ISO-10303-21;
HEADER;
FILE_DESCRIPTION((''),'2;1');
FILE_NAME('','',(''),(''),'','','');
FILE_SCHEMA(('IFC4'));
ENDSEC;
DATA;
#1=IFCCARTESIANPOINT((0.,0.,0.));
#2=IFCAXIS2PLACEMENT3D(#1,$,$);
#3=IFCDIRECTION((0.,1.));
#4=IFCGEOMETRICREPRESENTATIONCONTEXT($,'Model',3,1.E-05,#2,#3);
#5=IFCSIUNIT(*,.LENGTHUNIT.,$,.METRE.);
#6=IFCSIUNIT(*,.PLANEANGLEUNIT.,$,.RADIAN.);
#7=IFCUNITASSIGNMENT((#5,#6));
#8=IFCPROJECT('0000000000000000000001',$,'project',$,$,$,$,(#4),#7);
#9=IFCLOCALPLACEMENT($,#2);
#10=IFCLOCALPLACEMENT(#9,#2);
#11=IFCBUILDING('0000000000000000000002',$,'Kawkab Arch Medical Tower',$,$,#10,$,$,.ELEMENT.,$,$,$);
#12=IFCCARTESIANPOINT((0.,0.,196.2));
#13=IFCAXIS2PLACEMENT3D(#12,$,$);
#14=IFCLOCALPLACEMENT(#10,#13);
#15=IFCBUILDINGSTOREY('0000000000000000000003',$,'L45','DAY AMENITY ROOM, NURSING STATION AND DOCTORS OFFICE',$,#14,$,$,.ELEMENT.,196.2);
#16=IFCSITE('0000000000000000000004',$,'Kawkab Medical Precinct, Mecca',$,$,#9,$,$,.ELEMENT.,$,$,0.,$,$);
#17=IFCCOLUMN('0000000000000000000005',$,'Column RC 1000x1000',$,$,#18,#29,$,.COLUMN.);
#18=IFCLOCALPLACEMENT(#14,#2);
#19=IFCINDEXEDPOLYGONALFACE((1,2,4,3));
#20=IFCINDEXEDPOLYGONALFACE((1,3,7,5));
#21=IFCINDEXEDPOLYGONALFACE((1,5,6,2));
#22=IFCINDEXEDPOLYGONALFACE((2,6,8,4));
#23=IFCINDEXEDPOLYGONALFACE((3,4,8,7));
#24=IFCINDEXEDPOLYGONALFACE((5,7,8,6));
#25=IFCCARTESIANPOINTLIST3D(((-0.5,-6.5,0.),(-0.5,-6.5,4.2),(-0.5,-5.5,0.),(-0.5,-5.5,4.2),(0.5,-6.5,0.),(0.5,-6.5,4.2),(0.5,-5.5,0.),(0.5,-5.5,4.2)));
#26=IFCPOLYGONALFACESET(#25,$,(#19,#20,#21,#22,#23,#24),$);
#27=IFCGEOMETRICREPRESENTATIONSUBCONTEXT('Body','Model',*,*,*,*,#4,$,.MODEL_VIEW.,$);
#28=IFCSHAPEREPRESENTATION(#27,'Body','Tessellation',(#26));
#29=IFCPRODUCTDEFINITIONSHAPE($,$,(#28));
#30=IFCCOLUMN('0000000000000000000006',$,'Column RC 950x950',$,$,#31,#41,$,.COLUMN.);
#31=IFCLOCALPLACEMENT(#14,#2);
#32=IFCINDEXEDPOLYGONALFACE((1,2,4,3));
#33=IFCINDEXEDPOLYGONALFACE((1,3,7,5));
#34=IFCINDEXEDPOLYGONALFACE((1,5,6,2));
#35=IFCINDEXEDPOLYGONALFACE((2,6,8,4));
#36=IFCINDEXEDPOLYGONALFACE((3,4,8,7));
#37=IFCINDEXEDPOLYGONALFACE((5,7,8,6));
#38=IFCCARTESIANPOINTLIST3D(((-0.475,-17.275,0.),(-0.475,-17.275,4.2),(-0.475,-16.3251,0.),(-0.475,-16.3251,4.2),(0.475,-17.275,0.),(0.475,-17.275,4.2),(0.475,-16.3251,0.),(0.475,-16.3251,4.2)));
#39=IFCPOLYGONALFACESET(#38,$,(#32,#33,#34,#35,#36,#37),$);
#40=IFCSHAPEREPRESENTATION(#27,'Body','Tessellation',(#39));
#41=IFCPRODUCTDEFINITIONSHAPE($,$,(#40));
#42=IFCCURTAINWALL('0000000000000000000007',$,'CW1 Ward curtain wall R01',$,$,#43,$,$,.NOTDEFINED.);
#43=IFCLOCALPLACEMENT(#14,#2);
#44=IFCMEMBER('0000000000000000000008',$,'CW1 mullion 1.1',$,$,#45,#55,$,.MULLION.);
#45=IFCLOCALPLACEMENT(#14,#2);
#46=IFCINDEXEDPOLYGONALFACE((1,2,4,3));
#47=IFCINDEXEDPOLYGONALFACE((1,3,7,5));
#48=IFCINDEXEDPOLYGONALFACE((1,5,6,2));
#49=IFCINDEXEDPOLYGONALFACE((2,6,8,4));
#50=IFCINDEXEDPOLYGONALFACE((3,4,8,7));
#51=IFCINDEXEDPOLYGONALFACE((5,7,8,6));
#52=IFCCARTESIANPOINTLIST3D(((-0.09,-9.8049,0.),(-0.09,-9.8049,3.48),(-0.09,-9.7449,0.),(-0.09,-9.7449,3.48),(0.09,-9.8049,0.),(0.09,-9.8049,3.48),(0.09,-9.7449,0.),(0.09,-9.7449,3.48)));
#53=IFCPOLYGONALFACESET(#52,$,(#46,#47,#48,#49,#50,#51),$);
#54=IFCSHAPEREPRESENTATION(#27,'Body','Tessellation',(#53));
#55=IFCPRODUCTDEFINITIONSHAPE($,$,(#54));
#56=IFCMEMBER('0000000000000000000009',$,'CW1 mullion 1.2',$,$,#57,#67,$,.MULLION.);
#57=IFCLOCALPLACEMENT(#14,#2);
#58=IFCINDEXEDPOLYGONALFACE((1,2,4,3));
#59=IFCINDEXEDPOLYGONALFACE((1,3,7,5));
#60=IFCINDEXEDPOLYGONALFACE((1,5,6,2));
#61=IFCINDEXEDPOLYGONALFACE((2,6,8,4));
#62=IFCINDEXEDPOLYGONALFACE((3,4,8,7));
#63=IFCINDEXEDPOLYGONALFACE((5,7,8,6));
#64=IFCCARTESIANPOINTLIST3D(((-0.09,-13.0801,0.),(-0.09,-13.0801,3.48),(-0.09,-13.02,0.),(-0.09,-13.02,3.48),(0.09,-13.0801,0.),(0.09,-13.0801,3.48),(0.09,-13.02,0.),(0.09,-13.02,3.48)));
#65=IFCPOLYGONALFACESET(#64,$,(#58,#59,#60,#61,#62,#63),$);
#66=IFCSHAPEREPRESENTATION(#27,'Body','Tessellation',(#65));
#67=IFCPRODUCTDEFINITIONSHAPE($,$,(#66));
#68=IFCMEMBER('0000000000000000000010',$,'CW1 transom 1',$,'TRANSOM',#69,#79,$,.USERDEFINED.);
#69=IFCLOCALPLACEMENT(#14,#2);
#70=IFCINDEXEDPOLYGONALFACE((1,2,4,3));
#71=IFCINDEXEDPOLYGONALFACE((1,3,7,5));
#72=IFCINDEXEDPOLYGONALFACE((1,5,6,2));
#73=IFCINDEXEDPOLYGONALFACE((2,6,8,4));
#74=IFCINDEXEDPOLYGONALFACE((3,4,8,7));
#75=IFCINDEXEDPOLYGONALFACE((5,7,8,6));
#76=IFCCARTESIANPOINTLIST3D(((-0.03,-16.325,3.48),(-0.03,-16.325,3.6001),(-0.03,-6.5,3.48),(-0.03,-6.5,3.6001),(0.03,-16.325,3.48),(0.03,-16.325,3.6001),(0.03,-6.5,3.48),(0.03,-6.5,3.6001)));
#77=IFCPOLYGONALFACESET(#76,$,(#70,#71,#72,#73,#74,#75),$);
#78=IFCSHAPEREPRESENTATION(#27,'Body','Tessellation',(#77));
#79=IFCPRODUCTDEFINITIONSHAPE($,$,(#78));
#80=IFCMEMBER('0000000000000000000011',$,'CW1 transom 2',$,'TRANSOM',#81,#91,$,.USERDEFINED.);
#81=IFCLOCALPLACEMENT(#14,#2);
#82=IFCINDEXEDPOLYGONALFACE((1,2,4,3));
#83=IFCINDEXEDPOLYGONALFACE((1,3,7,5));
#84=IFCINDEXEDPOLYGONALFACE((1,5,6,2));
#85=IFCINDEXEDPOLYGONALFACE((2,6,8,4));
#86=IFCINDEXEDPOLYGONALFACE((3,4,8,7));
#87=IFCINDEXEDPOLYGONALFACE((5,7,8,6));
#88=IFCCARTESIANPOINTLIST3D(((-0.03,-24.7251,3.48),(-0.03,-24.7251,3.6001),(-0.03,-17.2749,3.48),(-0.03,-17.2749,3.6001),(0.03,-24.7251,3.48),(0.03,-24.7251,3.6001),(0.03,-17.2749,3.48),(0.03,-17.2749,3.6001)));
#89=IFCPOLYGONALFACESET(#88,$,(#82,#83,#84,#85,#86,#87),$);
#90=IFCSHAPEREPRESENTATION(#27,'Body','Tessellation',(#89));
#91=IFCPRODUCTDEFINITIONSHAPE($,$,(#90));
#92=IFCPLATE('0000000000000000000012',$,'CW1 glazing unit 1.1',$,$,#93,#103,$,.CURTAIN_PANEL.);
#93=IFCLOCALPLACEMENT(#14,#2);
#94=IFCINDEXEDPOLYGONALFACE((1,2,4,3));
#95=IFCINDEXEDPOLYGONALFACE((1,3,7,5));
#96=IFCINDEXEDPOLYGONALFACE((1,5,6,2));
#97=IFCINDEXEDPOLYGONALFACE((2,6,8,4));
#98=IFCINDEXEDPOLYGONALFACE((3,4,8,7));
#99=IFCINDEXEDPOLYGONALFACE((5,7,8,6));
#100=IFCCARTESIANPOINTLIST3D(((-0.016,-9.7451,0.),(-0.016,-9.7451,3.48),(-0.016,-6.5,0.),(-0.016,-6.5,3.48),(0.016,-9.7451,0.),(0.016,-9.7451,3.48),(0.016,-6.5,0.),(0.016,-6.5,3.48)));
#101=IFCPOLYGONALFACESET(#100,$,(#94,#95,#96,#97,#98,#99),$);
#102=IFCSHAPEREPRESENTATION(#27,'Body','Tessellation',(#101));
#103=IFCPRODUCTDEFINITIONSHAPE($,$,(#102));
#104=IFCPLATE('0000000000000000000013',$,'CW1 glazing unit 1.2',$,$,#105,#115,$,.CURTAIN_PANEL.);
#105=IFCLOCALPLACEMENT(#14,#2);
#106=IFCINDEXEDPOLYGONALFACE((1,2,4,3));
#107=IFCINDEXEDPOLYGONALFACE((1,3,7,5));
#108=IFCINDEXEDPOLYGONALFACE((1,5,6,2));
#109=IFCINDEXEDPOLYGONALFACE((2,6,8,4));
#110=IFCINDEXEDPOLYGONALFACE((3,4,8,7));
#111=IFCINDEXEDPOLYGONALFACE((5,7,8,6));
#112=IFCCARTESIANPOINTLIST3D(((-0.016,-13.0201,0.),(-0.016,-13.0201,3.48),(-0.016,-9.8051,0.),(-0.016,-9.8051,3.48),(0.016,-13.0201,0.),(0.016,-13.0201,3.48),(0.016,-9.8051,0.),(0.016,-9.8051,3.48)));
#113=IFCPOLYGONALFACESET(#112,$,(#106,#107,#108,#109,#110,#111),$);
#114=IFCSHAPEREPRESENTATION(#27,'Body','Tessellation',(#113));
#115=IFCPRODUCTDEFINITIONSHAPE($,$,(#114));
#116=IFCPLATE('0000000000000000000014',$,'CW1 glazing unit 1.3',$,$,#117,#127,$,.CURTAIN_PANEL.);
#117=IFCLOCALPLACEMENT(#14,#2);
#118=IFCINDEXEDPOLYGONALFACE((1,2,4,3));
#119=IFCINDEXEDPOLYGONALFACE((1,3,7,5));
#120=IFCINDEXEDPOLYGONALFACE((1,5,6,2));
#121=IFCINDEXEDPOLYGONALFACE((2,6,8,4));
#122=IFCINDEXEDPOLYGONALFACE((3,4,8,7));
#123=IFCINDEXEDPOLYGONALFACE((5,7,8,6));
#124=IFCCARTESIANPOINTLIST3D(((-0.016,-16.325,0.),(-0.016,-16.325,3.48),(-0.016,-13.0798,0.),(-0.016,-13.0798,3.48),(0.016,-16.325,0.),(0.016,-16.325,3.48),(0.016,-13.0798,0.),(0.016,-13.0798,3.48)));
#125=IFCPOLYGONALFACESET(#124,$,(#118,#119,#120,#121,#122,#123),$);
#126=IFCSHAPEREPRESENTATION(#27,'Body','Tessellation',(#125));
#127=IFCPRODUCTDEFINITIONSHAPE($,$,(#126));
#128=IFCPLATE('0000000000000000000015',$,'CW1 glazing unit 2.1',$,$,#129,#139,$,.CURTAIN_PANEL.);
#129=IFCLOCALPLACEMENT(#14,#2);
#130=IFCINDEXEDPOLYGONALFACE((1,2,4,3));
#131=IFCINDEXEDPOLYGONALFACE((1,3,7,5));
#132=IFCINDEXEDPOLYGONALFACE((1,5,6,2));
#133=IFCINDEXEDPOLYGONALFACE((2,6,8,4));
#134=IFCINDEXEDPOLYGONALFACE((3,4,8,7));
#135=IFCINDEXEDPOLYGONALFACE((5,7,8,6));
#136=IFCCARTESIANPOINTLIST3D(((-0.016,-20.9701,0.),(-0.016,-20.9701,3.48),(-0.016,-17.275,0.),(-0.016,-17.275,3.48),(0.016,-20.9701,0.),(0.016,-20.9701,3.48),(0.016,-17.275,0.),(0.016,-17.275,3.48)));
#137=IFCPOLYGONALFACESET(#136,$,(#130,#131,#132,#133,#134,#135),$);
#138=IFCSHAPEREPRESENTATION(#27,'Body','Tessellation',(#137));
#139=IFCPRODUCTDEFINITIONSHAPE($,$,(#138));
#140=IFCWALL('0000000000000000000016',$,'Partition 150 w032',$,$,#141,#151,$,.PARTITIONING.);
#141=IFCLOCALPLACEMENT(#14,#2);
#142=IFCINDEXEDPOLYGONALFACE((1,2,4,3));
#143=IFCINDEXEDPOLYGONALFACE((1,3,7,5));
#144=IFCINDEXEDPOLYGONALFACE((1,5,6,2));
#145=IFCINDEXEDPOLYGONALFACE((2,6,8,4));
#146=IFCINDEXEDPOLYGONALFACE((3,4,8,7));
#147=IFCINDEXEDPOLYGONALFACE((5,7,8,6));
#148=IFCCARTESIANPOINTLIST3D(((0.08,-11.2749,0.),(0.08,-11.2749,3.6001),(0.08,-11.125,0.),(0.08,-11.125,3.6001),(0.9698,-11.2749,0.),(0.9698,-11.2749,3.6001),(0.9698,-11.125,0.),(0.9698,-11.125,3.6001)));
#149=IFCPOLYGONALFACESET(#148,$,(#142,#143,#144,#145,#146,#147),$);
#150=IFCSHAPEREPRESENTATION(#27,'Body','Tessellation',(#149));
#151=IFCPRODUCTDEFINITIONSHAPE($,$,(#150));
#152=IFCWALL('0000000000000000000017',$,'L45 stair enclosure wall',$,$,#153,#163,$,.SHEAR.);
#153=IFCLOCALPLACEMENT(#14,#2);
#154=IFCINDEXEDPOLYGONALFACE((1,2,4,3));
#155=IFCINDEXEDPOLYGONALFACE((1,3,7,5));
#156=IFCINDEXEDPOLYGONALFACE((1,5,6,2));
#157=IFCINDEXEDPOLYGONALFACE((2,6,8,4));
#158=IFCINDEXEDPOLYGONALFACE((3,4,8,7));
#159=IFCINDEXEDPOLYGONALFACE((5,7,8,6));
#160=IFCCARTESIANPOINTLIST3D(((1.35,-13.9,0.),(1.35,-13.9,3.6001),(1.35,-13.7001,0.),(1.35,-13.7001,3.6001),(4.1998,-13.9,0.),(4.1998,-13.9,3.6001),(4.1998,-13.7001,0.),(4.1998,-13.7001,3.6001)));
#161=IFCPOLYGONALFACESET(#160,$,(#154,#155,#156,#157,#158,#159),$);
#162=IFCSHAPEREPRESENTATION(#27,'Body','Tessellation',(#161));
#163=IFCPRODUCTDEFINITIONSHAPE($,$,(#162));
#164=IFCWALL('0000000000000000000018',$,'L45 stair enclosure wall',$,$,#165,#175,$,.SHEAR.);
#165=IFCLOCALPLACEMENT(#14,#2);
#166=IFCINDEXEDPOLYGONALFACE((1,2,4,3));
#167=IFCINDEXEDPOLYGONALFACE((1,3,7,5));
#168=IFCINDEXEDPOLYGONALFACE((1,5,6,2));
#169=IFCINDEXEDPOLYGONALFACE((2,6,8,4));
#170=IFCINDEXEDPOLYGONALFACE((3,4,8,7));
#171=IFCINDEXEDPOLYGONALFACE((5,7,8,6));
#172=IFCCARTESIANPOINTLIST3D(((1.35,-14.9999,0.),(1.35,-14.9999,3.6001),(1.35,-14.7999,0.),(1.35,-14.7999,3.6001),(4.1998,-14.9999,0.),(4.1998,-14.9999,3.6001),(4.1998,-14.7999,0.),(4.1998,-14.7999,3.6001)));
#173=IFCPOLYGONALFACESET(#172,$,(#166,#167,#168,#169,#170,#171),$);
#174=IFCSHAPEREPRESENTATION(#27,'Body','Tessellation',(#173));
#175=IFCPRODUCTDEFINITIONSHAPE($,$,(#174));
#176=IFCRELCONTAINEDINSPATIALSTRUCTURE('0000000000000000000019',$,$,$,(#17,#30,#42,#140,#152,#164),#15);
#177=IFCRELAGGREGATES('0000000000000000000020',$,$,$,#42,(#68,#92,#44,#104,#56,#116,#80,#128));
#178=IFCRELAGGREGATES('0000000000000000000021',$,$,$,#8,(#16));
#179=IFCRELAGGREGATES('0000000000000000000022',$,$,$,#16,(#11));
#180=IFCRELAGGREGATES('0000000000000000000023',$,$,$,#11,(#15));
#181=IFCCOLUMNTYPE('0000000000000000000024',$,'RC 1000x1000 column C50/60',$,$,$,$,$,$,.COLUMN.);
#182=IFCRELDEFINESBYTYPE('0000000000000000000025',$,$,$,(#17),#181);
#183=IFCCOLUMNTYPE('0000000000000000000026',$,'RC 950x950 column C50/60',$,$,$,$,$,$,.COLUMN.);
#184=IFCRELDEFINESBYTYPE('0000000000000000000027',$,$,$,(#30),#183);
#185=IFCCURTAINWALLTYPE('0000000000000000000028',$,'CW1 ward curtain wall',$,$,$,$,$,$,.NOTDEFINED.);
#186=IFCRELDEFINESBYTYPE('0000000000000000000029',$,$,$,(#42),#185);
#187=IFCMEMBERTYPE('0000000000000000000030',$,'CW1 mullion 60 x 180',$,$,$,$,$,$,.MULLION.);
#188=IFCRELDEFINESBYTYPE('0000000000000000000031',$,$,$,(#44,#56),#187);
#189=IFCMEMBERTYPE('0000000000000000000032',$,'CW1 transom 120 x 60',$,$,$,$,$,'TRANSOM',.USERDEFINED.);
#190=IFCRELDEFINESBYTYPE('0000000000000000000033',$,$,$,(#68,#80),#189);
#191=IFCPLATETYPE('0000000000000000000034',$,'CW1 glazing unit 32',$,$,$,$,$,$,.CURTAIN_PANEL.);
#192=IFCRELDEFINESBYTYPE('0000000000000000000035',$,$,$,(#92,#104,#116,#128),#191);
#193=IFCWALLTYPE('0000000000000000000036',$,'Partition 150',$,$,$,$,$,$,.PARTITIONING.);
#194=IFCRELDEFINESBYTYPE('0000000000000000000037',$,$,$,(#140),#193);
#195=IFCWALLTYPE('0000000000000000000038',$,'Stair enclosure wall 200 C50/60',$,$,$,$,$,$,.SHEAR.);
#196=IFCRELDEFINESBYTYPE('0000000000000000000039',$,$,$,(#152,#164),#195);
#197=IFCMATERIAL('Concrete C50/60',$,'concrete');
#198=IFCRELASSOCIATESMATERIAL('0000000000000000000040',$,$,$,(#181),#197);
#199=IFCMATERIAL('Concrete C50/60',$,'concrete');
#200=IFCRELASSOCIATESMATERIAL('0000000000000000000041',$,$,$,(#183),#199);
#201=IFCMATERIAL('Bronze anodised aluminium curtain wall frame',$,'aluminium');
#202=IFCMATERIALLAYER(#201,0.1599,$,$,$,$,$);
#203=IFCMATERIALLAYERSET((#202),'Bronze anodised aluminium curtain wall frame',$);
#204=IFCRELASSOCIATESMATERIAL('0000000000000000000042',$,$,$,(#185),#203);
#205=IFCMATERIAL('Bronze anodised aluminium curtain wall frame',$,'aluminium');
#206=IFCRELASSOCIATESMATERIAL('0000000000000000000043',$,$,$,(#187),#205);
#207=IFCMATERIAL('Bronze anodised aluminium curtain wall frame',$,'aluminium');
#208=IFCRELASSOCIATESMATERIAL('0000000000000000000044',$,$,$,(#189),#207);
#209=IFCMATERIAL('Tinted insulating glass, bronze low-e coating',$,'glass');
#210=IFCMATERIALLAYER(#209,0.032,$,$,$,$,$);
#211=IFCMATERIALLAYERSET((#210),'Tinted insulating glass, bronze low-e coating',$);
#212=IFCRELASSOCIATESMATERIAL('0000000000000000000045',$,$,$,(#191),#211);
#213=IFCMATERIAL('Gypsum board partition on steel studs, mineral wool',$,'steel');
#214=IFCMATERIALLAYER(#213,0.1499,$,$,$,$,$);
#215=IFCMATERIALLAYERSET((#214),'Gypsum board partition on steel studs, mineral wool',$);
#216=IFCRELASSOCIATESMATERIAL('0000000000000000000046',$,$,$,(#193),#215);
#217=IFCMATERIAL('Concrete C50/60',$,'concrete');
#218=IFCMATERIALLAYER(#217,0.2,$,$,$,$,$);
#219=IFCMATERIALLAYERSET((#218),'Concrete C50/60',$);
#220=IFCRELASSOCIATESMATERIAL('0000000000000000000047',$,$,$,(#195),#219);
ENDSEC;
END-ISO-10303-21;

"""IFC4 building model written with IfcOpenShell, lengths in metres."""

from ifc_helpers import new_model, si_unit, direction, frame, frame_2d, origin, origin_2d, place, context, subcontext, project, spatial, rectangle, extrude, material, layer, layer_set, material_profile, profile_set, type_object, element, aggregate, save


model = new_model("IFC4")

# Units and contexts
model_context = context("Model", 3, precision=1e-05, world=origin(), true_north=direction((0.0, 1.0)))
body_context = subcontext(model_context, "Body", "Model", "MODEL_VIEW")
ifc_project = project(units=[si_unit("LENGTHUNIT", "METRE"), si_unit("PLANEANGLEUNIT", "RADIAN")], contexts=[model_context])

# Site, building, storey
site_placement = place(None, origin())
site = spatial("IfcSite", under=ifc_project, at=site_placement, Name="Kawkab Medical Precinct, Mecca", CompositionType="ELEMENT", RefElevation=0.0)
building_placement = place(site_placement, origin())
building = spatial("IfcBuilding", under=site, at=building_placement, Name="Kawkab Arch Medical Tower", CompositionType="ELEMENT")
storey_placement = place(building_placement, frame((0.0, 0.0, 196.2)))
storey = spatial("IfcBuildingStorey", under=building, at=storey_placement, Name="L45", Description="DAY AMENITY ROOM, NURSING STATION AND DOCTORS OFFICE", CompositionType="ELEMENT", Elevation=196.2)

# Columns
ifc_material_1 = material(Name="Concrete C50/60", Category="concrete")
ifc_material_profile_1 = material_profile(ifc_material_1, rectangle(XDim=1.0, YDim=1.0, at=origin_2d()), Name="RC 1000x1000")
ifc_profile_set_1 = profile_set([ifc_material_profile_1], Name="Concrete C50/60")
column_type_1 = type_object("IfcColumnType", Name="RC 1000x1000 column C50/60", PredefinedType="COLUMN", material=ifc_profile_set_1)
column_1_placement = place(storey_placement, frame((0.0, -6.0, 0.0), z_axis=(0.0, 0.0, 1.0), x_axis=(1.0, 0.0, 0.0)))
element("IfcColumn", 1, at=column_1_placement, inside=storey, type_object=column_type_1, Name="Column RC 1000x1000", PredefinedType="COLUMN", context=body_context, shape_type="SweptSolid", body=[
    extrude(rectangle(XDim=1.0, YDim=1.0, at=origin_2d()), origin(), (0.0, 0.0, 1.0), 4.2),
])
ifc_material_2 = material(Name="Concrete C50/60", Category="concrete")
ifc_material_profile_2 = material_profile(ifc_material_2, rectangle(XDim=0.95, YDim=0.95, at=origin_2d()), Name="RC 950x950")
ifc_profile_set_2 = profile_set([ifc_material_profile_2], Name="Concrete C50/60")
column_type_2 = type_object("IfcColumnType", Name="RC 950x950 column C50/60", PredefinedType="COLUMN", material=ifc_profile_set_2)
column_2_placement = place(storey_placement, frame((0.0, -16.8, 0.0), z_axis=(0.0, 0.0, 1.0), x_axis=(1.0, 0.0, 0.0)))
element("IfcColumn", 2, at=column_2_placement, inside=storey, type_object=column_type_2, Name="Column RC 950x950", PredefinedType="COLUMN", context=body_context, shape_type="SweptSolid", body=[
    extrude(rectangle(XDim=0.95, YDim=0.95, at=origin_2d()), origin(), (0.0, 0.0, 1.0), 4.2),
])

# Curtain wall, members, plates
ifc_material_3 = material(Name="Bronze anodised aluminium curtain wall frame", Category="aluminium")
ifc_layer_1 = layer(ifc_material_3, 0.1599)
ifc_layer_set_1 = layer_set([ifc_layer_1], Name="Bronze anodised aluminium curtain wall frame")
curtain_wall_type = type_object("IfcCurtainWallType", Name="CW1 ward curtain wall", PredefinedType="NOTDEFINED", material=ifc_layer_set_1)
placement = place(storey_placement, origin())
curtain_wall = element("IfcCurtainWall", 3, at=placement, inside=storey, type_object=curtain_wall_type, Name="CW1 Ward curtain wall R01", PredefinedType="NOTDEFINED")
ifc_material_4 = material(Name="Bronze anodised aluminium curtain wall frame", Category="aluminium")
ifc_material_profile_3 = material_profile(ifc_material_4, rectangle(XDim=0.1799, YDim=0.0601, at=origin_2d()), Name="AL 60x180")
ifc_profile_set_3 = profile_set([ifc_material_profile_3], Name="Bronze anodised aluminium curtain wall frame")
member_type_1 = type_object("IfcMemberType", Name="CW1 mullion 60 x 180", PredefinedType="MULLION", material=ifc_profile_set_3)
member_1_placement = place(storey_placement, frame((0.0, -9.7749, 0.0), z_axis=(0.0, 0.0, 1.0), x_axis=(1.0, 0.0, 0.0)))
member_1 = element("IfcMember", 4, at=member_1_placement, type_object=member_type_1, Name="CW1 mullion 1.1", PredefinedType="MULLION", context=body_context, shape_type="SweptSolid", body=[
    extrude(rectangle(XDim=0.1799, YDim=0.0601, at=origin_2d()), origin(), (0.0, 0.0, 1.0), 3.48),
])
member_2_placement = place(storey_placement, frame((0.0, -13.05, 0.0), z_axis=(0.0, 0.0, 1.0), x_axis=(1.0, 0.0, 0.0)))
member_2 = element("IfcMember", 5, at=member_2_placement, type_object=member_type_1, Name="CW1 mullion 1.2", PredefinedType="MULLION", context=body_context, shape_type="SweptSolid", body=[
    extrude(rectangle(XDim=0.1799, YDim=0.0601, at=origin_2d()), origin(), (0.0, 0.0, 1.0), 3.48),
])
ifc_material_5 = material(Name="Bronze anodised aluminium curtain wall frame", Category="aluminium")
ifc_material_profile_4 = material_profile(ifc_material_5, rectangle(XDim=0.0601, YDim=0.1201, at=origin_2d()), Name="AL 60x120")
ifc_profile_set_4 = profile_set([ifc_material_profile_4], Name="Bronze anodised aluminium curtain wall frame")
member_type_2 = type_object("IfcMemberType", Name="CW1 transom 120 x 60", ElementType="TRANSOM", PredefinedType="USERDEFINED", material=ifc_profile_set_4)
member_3_placement = place(storey_placement, frame((0.0, -6.5, 3.54), z_axis=(0.0, -1.0, 0.0), x_axis=(1.0, 0.0, 0.0)))
member_3 = element("IfcMember", 6, at=member_3_placement, type_object=member_type_2, Name="CW1 transom 1", ObjectType="TRANSOM", PredefinedType="USERDEFINED", context=body_context, shape_type="SweptSolid", body=[
    extrude(rectangle(XDim=0.0601, YDim=0.1201, at=origin_2d()), origin(), (0.0, 0.0, 1.0), 9.825),
])
member_4_placement = place(storey_placement, frame((0.0, -17.2749, 3.54), z_axis=(0.0, -1.0, 0.0), x_axis=(1.0, 0.0, 0.0)))
member_4 = element("IfcMember", 7, at=member_4_placement, type_object=member_type_2, Name="CW1 transom 2", ObjectType="TRANSOM", PredefinedType="USERDEFINED", context=body_context, shape_type="SweptSolid", body=[
    extrude(rectangle(XDim=0.0601, YDim=0.1201, at=origin_2d()), origin(), (0.0, 0.0, 1.0), 7.4502),
])
ifc_material_6 = material(Name="Tinted insulating glass, bronze low-e coating", Category="glass")
ifc_layer_2 = layer(ifc_material_6, 0.032)
ifc_layer_set_2 = layer_set([ifc_layer_2], Name="Tinted insulating glass, bronze low-e coating")
plate_type = type_object("IfcPlateType", Name="CW1 glazing unit 32", PredefinedType="CURTAIN_PANEL", material=ifc_layer_set_2)
plate_1_placement = place(storey_placement, frame((0.0, -8.1226, 0.0), z_axis=(0.0, 0.0, 1.0), x_axis=(0.0, -1.0, 0.0)))
plate_1 = element("IfcPlate", 8, at=plate_1_placement, type_object=plate_type, Name="CW1 glazing unit 1.1", PredefinedType="CURTAIN_PANEL", context=body_context, shape_type="SweptSolid", body=[
    extrude(rectangle(XDim=3.2451, YDim=0.032, at=origin_2d()), origin(), (0.0, 0.0, 1.0), 3.48),
])
plate_2_placement = place(storey_placement, frame((0.0, -11.4126, 0.0), z_axis=(0.0, 0.0, 1.0), x_axis=(0.0, -1.0, 0.0)))
plate_2 = element("IfcPlate", 9, at=plate_2_placement, type_object=plate_type, Name="CW1 glazing unit 1.2", PredefinedType="CURTAIN_PANEL", context=body_context, shape_type="SweptSolid", body=[
    extrude(rectangle(XDim=3.2151, YDim=0.032, at=origin_2d()), origin(), (0.0, 0.0, 1.0), 3.48),
])
plate_3_placement = place(storey_placement, frame((0.0, -14.7024, 0.0), z_axis=(0.0, 0.0, 1.0), x_axis=(0.0, -1.0, 0.0)))
plate_3 = element("IfcPlate", 10, at=plate_3_placement, type_object=plate_type, Name="CW1 glazing unit 1.3", PredefinedType="CURTAIN_PANEL", context=body_context, shape_type="SweptSolid", body=[
    extrude(rectangle(XDim=3.2451, YDim=0.032, at=origin_2d()), origin(), (0.0, 0.0, 1.0), 3.48),
])
plate_4_placement = place(storey_placement, frame((0.0, -19.1226, 0.0), z_axis=(0.0, 0.0, 1.0), x_axis=(0.0, -1.0, 0.0)))
plate_4 = element("IfcPlate", 11, at=plate_4_placement, type_object=plate_type, Name="CW1 glazing unit 2.1", PredefinedType="CURTAIN_PANEL", context=body_context, shape_type="SweptSolid", body=[
    extrude(rectangle(XDim=3.6951, YDim=0.032, at=origin_2d()), origin(), (0.0, 0.0, 1.0), 3.48),
])
aggregate(curtain_wall, [member_3, plate_1, member_1, plate_2, member_2, plate_3, member_4, plate_4])

# Walls
ifc_material_7 = material(Name="Gypsum board partition on steel studs, mineral wool", Category="steel")
ifc_layer_3 = layer(ifc_material_7, 0.1499)
ifc_layer_set_3 = layer_set([ifc_layer_3], Name="Gypsum board partition on steel studs, mineral wool")
wall_type_1 = type_object("IfcWallType", Name="Partition 150", PredefinedType="PARTITIONING", material=ifc_layer_set_3)
wall_1_placement = place(storey_placement, frame((0.0801, -11.2, 0.0), z_axis=(0.0, 0.0, 1.0), x_axis=(1.0, 0.0, 0.0)))
element("IfcWall", 12, at=wall_1_placement, inside=storey, type_object=wall_type_1, Name="Partition 150 w032", PredefinedType="PARTITIONING", context=body_context, shape_type="SweptSolid", body=[
    extrude(rectangle(XDim=0.8899, YDim=0.1499, at=frame_2d((0.4448, 0.0))), origin(), (0.0, 0.0, 1.0), 3.6001),
])
ifc_material_8 = material(Name="Concrete C50/60", Category="concrete")
ifc_layer_4 = layer(ifc_material_8, 0.2)
ifc_layer_set_4 = layer_set([ifc_layer_4], Name="Concrete C50/60")
wall_type_2 = type_object("IfcWallType", Name="Stair enclosure wall 200 C50/60", PredefinedType="SHEAR", material=ifc_layer_set_4)
for number, where, z_axis, x_axis, name in (
    (13, (1.3501, -13.8, 0.0), (0.0, 0.0, 1.0), (1.0, 0.0, 0.0), "L45 stair enclosure wall"),
    (14, (1.3501, -14.8999, 0.0), (0.0, 0.0, 1.0), (1.0, 0.0, 0.0), "L45 stair enclosure wall"),
):
    element("IfcWall", number, at=place(storey_placement, frame(where, z_axis=z_axis, x_axis=x_axis)), inside=storey, type_object=wall_type_2, Name=name, PredefinedType="SHEAR", context=body_context, shape_type="SweptSolid", body=[
        extrude(rectangle(XDim=2.8499, YDim=0.2, at=frame_2d((1.4248, 0.0))), origin(), (0.0, 0.0, 1.0), 3.6001),
    ])

save(model, "model.ifc")
